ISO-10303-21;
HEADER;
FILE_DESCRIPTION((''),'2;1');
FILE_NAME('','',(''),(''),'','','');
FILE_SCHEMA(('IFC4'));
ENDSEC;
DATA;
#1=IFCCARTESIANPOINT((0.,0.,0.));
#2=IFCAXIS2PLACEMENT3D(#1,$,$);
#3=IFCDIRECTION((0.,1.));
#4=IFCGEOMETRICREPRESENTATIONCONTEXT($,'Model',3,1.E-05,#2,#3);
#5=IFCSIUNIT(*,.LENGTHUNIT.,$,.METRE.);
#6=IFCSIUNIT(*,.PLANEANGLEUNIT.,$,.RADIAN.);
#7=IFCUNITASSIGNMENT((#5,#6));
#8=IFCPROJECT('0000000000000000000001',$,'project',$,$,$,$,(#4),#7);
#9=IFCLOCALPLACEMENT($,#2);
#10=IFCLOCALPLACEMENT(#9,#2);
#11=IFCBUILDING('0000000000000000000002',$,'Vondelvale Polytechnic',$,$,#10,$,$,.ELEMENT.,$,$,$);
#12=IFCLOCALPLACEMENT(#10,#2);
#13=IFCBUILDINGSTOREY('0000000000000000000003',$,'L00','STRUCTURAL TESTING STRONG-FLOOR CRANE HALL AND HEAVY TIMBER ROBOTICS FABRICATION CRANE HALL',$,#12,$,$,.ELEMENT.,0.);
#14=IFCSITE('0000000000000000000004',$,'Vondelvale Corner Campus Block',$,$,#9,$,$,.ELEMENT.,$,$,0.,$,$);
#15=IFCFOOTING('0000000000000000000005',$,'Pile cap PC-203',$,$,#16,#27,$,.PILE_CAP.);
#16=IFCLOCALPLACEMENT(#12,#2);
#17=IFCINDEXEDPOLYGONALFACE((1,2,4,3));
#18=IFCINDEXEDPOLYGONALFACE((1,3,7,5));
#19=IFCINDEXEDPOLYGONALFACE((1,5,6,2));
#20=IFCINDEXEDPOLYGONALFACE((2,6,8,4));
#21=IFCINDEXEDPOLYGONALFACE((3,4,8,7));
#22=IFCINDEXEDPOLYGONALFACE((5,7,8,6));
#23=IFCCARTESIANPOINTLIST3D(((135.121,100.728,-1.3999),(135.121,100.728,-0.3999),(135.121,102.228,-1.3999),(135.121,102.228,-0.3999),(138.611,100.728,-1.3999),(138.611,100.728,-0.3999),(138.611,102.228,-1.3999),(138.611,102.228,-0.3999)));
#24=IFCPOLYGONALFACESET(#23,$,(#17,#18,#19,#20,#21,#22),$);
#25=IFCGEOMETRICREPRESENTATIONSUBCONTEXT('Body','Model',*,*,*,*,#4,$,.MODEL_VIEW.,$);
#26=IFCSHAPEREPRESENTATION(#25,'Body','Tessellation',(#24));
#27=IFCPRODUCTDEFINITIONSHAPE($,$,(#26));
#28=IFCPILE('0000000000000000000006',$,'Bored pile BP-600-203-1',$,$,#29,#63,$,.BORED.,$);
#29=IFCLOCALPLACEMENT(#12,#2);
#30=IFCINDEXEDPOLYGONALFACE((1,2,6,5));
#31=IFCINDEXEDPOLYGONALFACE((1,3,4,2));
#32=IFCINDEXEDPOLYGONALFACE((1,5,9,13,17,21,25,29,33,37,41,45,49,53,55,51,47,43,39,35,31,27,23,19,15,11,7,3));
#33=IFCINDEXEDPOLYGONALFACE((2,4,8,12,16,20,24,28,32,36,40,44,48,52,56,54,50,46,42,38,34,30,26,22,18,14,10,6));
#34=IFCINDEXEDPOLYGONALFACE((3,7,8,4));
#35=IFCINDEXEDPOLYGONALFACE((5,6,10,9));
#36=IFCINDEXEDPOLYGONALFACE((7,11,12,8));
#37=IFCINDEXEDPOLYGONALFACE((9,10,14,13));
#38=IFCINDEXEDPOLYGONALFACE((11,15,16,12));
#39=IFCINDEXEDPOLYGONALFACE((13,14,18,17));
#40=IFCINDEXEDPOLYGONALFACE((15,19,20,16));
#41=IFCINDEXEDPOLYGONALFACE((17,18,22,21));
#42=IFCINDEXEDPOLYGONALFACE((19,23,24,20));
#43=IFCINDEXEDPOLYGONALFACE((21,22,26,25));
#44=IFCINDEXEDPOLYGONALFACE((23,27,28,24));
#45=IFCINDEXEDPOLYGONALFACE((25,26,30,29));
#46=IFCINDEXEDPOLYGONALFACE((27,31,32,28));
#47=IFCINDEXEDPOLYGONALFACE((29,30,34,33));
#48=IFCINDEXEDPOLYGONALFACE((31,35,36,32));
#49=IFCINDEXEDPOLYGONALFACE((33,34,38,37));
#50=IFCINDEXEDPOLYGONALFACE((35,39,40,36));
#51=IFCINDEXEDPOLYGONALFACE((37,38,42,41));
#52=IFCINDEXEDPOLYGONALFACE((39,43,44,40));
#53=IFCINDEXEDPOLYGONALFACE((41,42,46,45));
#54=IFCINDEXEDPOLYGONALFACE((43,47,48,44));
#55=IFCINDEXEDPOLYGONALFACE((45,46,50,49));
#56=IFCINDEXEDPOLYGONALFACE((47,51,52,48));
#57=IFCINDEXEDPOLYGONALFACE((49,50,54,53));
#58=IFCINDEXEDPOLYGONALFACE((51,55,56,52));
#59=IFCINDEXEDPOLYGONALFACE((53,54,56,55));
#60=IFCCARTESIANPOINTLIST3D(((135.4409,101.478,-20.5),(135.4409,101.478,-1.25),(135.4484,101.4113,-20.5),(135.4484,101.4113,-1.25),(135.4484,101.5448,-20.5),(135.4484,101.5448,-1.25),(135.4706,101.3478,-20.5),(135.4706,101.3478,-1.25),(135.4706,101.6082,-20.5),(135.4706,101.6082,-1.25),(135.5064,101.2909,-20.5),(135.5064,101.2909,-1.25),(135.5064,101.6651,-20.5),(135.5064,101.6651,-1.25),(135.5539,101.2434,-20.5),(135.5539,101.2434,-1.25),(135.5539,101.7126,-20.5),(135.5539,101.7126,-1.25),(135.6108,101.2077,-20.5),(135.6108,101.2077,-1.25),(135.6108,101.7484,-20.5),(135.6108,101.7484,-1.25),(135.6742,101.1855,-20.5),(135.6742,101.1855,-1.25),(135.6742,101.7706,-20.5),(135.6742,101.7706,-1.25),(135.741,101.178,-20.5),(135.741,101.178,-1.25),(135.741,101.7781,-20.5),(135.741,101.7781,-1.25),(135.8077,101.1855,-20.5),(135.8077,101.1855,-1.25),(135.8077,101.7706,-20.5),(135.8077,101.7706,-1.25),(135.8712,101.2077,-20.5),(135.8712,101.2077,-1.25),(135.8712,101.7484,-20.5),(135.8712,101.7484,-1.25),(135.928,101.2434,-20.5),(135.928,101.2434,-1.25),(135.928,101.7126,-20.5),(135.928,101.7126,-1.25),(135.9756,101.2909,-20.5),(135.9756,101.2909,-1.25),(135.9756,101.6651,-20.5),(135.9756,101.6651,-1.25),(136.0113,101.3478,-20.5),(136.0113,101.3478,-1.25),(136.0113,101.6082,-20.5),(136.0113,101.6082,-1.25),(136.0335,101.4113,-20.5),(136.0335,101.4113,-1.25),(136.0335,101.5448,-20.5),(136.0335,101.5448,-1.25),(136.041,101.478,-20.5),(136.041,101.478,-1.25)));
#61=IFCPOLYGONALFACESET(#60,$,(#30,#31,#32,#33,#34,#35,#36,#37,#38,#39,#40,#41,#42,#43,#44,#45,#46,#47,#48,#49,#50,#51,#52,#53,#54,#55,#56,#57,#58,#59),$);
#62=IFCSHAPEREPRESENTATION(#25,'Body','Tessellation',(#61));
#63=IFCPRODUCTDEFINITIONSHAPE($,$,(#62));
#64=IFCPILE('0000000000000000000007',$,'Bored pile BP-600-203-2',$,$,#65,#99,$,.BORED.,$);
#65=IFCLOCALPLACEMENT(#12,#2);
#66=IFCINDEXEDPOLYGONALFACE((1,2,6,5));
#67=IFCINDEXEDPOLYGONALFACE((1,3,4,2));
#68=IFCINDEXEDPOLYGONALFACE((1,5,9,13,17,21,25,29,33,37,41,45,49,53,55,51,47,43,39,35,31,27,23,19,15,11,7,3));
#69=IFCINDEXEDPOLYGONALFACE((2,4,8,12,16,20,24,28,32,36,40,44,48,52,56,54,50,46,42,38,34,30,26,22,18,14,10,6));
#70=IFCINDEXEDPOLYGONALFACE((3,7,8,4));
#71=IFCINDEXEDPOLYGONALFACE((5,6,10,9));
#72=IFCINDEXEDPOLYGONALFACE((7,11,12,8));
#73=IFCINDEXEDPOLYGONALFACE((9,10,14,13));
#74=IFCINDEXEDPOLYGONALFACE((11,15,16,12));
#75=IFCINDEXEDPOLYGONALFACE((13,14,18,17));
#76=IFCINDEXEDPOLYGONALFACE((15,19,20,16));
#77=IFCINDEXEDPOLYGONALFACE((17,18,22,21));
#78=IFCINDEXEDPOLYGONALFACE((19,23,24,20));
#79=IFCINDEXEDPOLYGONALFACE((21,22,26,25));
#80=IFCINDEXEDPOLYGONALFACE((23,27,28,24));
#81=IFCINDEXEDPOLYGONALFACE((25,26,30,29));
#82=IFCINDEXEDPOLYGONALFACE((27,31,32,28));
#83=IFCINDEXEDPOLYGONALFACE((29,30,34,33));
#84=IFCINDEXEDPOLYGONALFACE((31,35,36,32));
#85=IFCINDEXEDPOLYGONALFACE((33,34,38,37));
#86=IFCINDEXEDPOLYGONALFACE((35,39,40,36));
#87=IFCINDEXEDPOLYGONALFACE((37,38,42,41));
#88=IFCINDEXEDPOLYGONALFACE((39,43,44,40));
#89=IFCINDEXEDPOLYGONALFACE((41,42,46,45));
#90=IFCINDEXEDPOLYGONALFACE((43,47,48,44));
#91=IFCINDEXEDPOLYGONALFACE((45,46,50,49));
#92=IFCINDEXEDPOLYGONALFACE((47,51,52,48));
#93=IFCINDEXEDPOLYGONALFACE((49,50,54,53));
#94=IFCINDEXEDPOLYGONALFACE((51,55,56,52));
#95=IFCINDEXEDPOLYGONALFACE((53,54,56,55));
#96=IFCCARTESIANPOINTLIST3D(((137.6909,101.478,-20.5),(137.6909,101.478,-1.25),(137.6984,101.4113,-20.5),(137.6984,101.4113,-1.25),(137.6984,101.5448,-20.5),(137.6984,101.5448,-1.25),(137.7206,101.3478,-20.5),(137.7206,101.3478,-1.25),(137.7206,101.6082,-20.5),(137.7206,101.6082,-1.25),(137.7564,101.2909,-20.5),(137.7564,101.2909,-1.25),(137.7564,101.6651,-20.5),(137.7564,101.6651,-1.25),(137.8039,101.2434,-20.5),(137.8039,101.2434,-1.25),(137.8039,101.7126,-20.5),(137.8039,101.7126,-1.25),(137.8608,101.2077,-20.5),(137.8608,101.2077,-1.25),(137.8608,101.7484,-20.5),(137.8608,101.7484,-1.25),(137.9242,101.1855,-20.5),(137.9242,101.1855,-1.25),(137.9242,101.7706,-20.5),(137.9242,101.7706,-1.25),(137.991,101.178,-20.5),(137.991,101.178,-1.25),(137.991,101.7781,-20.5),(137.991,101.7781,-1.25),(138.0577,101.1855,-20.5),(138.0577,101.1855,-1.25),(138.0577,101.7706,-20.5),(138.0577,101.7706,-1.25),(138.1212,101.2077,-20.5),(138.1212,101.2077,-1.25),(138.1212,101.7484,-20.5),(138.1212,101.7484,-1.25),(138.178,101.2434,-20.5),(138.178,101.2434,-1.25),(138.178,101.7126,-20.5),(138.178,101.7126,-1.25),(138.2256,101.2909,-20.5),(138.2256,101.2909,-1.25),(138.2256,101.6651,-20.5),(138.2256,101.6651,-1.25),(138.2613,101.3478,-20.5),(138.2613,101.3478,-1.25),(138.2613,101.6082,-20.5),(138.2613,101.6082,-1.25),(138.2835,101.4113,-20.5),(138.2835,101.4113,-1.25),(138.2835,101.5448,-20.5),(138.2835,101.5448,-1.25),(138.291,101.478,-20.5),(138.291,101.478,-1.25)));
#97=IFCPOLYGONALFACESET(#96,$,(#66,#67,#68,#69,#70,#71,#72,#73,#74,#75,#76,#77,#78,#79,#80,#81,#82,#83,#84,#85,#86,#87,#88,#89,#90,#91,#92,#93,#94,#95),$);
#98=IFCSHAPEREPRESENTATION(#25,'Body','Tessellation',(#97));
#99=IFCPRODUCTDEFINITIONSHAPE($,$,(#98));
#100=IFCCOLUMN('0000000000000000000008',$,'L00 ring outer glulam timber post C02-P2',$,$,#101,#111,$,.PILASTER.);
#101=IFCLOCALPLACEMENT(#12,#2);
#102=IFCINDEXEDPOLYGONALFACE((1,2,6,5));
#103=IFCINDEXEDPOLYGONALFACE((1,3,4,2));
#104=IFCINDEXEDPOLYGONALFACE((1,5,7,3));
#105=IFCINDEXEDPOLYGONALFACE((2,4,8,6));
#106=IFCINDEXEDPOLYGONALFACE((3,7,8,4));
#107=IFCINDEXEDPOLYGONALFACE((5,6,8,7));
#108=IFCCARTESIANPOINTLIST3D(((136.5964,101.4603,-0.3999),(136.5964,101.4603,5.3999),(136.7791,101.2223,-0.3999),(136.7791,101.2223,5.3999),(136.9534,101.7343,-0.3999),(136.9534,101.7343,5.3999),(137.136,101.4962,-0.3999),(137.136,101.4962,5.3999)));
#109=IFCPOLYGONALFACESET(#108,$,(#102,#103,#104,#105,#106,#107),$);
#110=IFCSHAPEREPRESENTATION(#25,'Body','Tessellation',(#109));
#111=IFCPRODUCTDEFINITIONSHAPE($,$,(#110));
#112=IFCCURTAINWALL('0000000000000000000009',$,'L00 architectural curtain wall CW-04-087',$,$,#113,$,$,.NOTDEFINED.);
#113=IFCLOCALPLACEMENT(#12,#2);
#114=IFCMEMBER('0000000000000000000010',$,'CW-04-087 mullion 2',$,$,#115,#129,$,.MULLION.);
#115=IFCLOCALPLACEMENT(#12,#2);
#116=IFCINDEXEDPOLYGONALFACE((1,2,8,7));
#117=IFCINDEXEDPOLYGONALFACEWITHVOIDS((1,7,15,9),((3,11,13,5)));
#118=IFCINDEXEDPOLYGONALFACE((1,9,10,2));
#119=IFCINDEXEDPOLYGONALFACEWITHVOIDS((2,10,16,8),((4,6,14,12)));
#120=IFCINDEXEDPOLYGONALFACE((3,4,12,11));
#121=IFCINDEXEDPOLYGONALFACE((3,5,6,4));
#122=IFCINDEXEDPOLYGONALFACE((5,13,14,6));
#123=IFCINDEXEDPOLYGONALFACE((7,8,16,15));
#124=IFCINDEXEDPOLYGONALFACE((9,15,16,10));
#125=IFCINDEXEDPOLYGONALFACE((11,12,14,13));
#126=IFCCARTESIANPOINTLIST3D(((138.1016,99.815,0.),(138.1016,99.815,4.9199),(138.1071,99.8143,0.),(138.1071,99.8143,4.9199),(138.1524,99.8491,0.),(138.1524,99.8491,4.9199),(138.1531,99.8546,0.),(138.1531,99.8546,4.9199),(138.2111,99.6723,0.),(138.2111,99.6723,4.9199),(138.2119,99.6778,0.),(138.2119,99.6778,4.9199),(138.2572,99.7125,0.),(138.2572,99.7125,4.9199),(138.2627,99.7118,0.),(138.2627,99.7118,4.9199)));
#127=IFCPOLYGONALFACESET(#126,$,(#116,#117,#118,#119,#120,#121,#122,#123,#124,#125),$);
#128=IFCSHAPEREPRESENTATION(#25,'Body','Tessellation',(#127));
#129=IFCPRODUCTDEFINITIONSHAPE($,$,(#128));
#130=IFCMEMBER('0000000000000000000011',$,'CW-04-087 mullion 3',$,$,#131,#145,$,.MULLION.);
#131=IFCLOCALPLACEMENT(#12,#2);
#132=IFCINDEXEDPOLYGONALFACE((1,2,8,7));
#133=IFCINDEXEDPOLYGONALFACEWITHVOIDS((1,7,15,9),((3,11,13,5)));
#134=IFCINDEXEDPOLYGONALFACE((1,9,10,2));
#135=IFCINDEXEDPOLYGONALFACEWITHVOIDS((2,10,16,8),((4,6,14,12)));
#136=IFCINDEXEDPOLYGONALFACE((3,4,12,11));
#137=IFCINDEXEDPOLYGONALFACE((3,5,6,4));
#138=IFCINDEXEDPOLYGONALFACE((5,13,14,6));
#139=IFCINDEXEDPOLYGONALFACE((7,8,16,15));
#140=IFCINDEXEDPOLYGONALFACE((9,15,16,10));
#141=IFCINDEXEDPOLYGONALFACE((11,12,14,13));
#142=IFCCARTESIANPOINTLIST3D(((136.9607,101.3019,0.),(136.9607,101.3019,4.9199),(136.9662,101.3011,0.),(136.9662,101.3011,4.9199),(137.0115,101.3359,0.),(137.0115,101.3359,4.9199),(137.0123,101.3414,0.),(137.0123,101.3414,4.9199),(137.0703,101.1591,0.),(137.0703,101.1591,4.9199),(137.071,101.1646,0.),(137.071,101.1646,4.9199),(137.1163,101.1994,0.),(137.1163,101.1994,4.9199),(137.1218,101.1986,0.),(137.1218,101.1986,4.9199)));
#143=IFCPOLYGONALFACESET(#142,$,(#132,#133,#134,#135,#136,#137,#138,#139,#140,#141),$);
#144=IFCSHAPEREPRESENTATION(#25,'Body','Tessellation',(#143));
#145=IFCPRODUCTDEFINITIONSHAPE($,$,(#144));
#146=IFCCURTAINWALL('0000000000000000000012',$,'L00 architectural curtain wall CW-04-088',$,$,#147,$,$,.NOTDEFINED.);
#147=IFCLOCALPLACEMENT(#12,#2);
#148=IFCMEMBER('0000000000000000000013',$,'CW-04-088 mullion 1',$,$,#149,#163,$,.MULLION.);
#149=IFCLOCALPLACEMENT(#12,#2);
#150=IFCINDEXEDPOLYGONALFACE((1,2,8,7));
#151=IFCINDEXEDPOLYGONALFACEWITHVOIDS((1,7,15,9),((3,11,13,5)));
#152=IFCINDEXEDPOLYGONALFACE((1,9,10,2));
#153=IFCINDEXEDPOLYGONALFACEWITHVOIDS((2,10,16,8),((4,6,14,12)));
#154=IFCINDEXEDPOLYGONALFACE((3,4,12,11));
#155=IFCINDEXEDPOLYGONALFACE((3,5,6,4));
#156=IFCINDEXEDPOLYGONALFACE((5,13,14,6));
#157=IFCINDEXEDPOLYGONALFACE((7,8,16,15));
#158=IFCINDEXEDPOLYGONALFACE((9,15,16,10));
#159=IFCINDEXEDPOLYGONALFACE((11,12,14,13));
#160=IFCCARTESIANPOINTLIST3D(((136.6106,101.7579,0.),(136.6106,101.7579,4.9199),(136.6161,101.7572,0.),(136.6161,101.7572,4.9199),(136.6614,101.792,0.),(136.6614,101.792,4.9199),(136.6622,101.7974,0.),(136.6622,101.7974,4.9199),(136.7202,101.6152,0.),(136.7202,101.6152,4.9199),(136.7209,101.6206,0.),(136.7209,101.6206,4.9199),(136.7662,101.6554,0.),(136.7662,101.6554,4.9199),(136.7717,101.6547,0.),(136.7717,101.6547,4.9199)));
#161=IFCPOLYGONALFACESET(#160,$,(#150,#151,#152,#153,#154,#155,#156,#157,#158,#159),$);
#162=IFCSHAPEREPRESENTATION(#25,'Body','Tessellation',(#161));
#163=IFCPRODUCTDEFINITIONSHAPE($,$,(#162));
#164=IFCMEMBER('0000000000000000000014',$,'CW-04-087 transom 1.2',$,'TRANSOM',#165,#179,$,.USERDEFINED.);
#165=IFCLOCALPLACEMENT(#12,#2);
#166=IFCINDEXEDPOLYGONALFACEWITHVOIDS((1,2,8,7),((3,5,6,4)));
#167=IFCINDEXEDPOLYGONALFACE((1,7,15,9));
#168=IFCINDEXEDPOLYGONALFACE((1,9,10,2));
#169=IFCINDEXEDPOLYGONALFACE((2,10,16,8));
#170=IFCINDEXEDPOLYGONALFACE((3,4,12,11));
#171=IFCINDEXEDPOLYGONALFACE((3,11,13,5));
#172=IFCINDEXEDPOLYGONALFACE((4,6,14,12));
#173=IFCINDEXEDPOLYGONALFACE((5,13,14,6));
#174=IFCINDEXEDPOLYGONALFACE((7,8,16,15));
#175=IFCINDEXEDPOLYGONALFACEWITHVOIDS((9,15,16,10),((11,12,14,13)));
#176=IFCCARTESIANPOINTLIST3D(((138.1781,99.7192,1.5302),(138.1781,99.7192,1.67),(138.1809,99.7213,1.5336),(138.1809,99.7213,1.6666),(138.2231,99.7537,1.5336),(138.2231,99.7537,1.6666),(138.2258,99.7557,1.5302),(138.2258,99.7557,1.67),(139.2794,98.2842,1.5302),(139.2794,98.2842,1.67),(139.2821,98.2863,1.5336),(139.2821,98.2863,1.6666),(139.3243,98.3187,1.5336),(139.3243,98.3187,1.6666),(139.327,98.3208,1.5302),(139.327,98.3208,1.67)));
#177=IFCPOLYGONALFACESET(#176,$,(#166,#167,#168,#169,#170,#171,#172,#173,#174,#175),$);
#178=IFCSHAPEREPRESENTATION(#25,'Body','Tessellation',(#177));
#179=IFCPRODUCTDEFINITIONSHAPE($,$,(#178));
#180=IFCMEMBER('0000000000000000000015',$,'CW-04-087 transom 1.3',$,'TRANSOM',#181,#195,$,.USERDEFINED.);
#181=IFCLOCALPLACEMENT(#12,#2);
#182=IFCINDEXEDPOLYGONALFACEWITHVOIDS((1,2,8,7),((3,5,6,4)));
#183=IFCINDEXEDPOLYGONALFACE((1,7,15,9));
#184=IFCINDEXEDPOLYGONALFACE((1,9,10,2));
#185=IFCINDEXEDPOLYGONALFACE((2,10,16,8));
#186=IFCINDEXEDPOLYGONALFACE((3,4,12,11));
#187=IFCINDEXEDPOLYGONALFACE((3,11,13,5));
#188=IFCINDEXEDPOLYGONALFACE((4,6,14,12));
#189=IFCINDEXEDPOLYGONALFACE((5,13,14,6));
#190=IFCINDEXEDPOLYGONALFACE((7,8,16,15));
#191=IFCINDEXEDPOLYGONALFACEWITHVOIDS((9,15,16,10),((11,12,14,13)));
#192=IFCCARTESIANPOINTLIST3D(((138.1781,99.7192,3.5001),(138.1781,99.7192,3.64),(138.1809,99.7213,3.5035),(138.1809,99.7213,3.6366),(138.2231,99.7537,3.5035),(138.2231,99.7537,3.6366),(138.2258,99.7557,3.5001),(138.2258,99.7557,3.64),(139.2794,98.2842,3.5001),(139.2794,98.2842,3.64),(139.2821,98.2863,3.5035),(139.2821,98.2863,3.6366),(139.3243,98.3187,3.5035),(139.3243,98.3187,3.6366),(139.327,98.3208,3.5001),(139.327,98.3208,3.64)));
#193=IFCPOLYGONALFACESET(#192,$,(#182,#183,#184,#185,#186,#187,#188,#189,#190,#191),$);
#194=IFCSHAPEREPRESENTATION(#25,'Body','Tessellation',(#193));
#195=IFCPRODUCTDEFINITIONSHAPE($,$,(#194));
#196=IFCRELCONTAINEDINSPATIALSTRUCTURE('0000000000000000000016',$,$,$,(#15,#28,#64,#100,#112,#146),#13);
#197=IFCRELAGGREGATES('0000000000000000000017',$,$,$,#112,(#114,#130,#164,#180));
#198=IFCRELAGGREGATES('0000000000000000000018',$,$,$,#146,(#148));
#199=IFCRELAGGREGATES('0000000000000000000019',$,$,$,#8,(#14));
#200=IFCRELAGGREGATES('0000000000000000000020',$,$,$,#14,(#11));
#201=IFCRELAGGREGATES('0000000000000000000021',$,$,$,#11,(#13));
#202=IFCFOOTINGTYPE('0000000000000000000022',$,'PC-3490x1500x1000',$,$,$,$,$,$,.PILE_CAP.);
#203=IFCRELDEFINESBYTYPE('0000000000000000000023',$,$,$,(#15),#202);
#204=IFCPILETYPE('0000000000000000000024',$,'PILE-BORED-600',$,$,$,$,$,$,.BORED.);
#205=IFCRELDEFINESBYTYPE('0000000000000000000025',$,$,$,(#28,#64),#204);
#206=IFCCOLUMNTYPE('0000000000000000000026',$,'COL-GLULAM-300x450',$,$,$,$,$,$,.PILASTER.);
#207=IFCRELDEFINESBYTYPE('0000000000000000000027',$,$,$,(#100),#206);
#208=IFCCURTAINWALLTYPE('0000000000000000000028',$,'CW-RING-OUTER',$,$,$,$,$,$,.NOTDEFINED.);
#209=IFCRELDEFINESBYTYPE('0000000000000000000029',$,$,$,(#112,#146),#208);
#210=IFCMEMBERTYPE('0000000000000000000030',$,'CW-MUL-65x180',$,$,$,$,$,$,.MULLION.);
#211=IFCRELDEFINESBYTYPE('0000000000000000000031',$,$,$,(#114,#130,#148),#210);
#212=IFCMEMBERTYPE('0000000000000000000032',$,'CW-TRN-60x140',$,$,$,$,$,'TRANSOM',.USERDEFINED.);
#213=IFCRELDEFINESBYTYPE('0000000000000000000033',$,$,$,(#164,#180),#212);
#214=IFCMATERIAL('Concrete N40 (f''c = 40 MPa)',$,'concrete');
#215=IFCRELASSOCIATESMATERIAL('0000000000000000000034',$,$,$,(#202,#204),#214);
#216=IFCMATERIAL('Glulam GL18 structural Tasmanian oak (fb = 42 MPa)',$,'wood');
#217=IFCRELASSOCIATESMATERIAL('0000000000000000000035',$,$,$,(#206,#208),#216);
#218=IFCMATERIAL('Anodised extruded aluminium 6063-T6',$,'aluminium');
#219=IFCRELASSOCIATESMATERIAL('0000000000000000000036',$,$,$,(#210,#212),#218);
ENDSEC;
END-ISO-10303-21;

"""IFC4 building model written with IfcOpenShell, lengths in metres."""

from ifc_helpers import new_model, si_unit, direction, frame, origin, origin_2d, place, context, subcontext, project, spatial, rectangle, hollow_rectangle, circle, extrude, material, material_profile, profile_set, type_object, element, aggregate, save


model = new_model("IFC4")

# Units and contexts
model_context = context("Model", 3, precision=1e-05, world=origin(), true_north=direction((0.0, 1.0)))
body_context = subcontext(model_context, "Body", "Model", "MODEL_VIEW")
ifc_project = project(units=[si_unit("LENGTHUNIT", "METRE"), si_unit("PLANEANGLEUNIT", "RADIAN")], contexts=[model_context])

# Site, building, storey
site_placement = place(None, origin())
site = spatial("IfcSite", under=ifc_project, at=site_placement, Name="Vondelvale Corner Campus Block", CompositionType="ELEMENT", RefElevation=0.0)
building_placement = place(site_placement, origin())
building = spatial("IfcBuilding", under=site, at=building_placement, Name="Vondelvale Polytechnic", CompositionType="ELEMENT")
storey_placement = place(building_placement, origin())
storey = spatial("IfcBuildingStorey", under=building, at=storey_placement, Name="L00", Description="STRUCTURAL TESTING STRONG-FLOOR CRANE HALL AND HEAVY TIMBER ROBOTICS FABRICATION CRANE HALL", CompositionType="ELEMENT", Elevation=0.0)

# Footing
ifc_material_1 = material(Name="Concrete N40 (f'c = 40 MPa)", Category="concrete")
footing_type = type_object("IfcFootingType", Name="PC-3490x1500x1000", PredefinedType="PILE_CAP", material=ifc_material_1)
footing_placement = place(storey_placement, frame((136.866, 101.478, -1.3999), z_axis=(0.0, 0.0, 1.0), x_axis=(1.0, 0.0, 0.0)))
element("IfcFooting", 1, at=footing_placement, inside=storey, type_object=footing_type, Name="Pile cap PC-203", PredefinedType="PILE_CAP", context=body_context, shape_type="SweptSolid", body=[
    extrude(rectangle(XDim=3.49, YDim=1.5, at=origin_2d()), origin(), (0.0, 0.0, 1.0), 1.0),
])

# Piles
ifc_material_profile_1 = material_profile(ifc_material_1, circle(Radius=0.3, at=origin_2d()), Name="PILE-D600")
ifc_profile_set_1 = profile_set([ifc_material_profile_1], Name="Concrete N40 (f'c = 40 MPa)")
pile_type = type_object("IfcPileType", Name="PILE-BORED-600", PredefinedType="BORED", material=ifc_profile_set_1)
for number, where, z_axis, x_axis, name in (
    (2, (135.741, 101.478, -1.25), (0.0, 0.0, -1.0), (1.0, 0.0, 0.0), "Bored pile BP-600-203-1"),
    (3, (137.991, 101.478, -1.25), (0.0, 0.0, -1.0), (1.0, 0.0, 0.0), "Bored pile BP-600-203-2"),
):
    element("IfcPile", number, at=place(storey_placement, frame(where, z_axis=z_axis, x_axis=x_axis)), inside=storey, type_object=pile_type, Name=name, PredefinedType="BORED", context=body_context, shape_type="SweptSolid", body=[
        extrude(circle(Radius=0.3, at=origin_2d()), origin(), (0.0, 0.0, 1.0), 19.25),
    ])

# Column
ifc_material_2 = material(Name="Glulam GL18 structural Tasmanian oak (fb = 42 MPa)", Category="wood")
ifc_material_profile_2 = material_profile(ifc_material_2, rectangle(XDim=0.3, YDim=0.45, at=origin_2d()), Name="GL-POST-300x450")
ifc_profile_set_2 = profile_set([ifc_material_profile_2], Name="Glulam GL18 structural Tasmanian oak (fb = 42 MPa)")
column_type = type_object("IfcColumnType", Name="COL-GLULAM-300x450", PredefinedType="PILASTER", material=ifc_profile_set_2)
column_placement = place(storey_placement, frame((136.8662, 101.4783, -0.3999), z_axis=(0.0, 0.0, 1.0), x_axis=(-0.608761, 0.793353, 0.0)))
element("IfcColumn", 4, at=column_placement, inside=storey, type_object=column_type, Name="L00 ring outer glulam timber post C02-P2", PredefinedType="PILASTER", context=body_context, shape_type="SweptSolid", body=[
    extrude(rectangle(XDim=0.3, YDim=0.45, at=origin_2d()), origin(), (0.0, 0.0, 1.0), 5.7998),
])

# Curtain wall, members
curtain_wall_type = type_object("IfcCurtainWallType", Name="CW-RING-OUTER", PredefinedType="NOTDEFINED", material=ifc_material_2)
curtain_wall_1_placement = place(storey_placement, origin())
curtain_wall_1 = element("IfcCurtainWall", 5, at=curtain_wall_1_placement, inside=storey, type_object=curtain_wall_type, Name="L00 architectural curtain wall CW-04-087", PredefinedType="NOTDEFINED")
ifc_material_3 = material(Name="Anodised extruded aluminium 6063-T6", Category="aluminium")
ifc_material_profile_3 = material_profile(ifc_material_3, hollow_rectangle(XDim=0.0649, YDim=0.1799, WallThickness=0.0039, at=origin_2d()), Name="CW-MUL-180x65")
ifc_profile_set_3 = profile_set([ifc_material_profile_3], Name="Anodised extruded aluminium 6063-T6")
member_type_1 = type_object("IfcMemberType", Name="CW-MUL-65x180", PredefinedType="MULLION", material=ifc_profile_set_3)
member_1_placement = place(storey_placement, frame((138.1821, 99.7634, 0.0), z_axis=(0.0, 0.0, 1.0), x_axis=(-0.793346, -0.608771, 0.0)))
member_1 = element("IfcMember", 6, at=member_1_placement, type_object=member_type_1, Name="CW-04-087 mullion 2", PredefinedType="MULLION", context=body_context, shape_type="SweptSolid", body=[
    extrude(hollow_rectangle(XDim=0.0649, YDim=0.1799, WallThickness=0.0039, at=origin_2d()), origin(), (0.0, 0.0, 1.0), 4.9199),
])
member_2_placement = place(storey_placement, frame((137.0413, 101.2502, 0.0), z_axis=(0.0, 0.0, 1.0), x_axis=(-0.793346, -0.608771, 0.0)))
member_2 = element("IfcMember", 7, at=member_2_placement, type_object=member_type_1, Name="CW-04-087 mullion 3", PredefinedType="MULLION", context=body_context, shape_type="SweptSolid", body=[
    extrude(hollow_rectangle(XDim=0.0649, YDim=0.1799, WallThickness=0.0039, at=origin_2d()), origin(), (0.0, 0.0, 1.0), 4.9199),
])

# Curtain wall, member
curtain_wall_2_placement = place(storey_placement, origin())
curtain_wall_2 = element("IfcCurtainWall", 8, at=curtain_wall_2_placement, inside=storey, type_object=curtain_wall_type, Name="L00 architectural curtain wall CW-04-088", PredefinedType="NOTDEFINED")
member_3_placement = place(storey_placement, frame((136.6912, 101.7063, 0.0), z_axis=(0.0, 0.0, 1.0), x_axis=(-0.793352, -0.608764, 0.0)))
member_3 = element("IfcMember", 9, at=member_3_placement, type_object=member_type_1, Name="CW-04-088 mullion 1", PredefinedType="MULLION", context=body_context, shape_type="SweptSolid", body=[
    extrude(hollow_rectangle(XDim=0.0649, YDim=0.1799, WallThickness=0.0039, at=origin_2d()), origin(), (0.0, 0.0, 1.0), 4.9199),
])

# Members
ifc_material_profile_4 = material_profile(ifc_material_3, hollow_rectangle(XDim=0.0601, YDim=0.1399, WallThickness=0.0034, at=origin_2d()), Name="CW-TRN-140x60")
ifc_profile_set_4 = profile_set([ifc_material_profile_4], Name="Anodised extruded aluminium 6063-T6")
member_type_2 = type_object("IfcMemberType", Name="CW-TRN-60x140", ElementType="TRANSOM", PredefinedType="USERDEFINED", material=ifc_profile_set_4)
member_4_placement = place(storey_placement, frame((139.3032, 98.3025, 1.6001), z_axis=(-0.608817, 0.793311, 0.0), x_axis=(-0.793311, -0.608817, 0.0)))
member_4 = element("IfcMember", 10, at=member_4_placement, type_object=member_type_2, Name="CW-04-087 transom 1.2", ObjectType="TRANSOM", PredefinedType="USERDEFINED", context=body_context, shape_type="SweptSolid", body=[
    extrude(hollow_rectangle(XDim=0.0601, YDim=0.1399, WallThickness=0.0034, at=origin_2d()), origin(), (0.0, 0.0, 1.0), 1.8088),
])
member_5_placement = place(storey_placement, frame((139.3032, 98.3025, 3.5701), z_axis=(-0.608817, 0.793311, 0.0), x_axis=(-0.793311, -0.608817, 0.0)))
member_5 = element("IfcMember", 11, at=member_5_placement, type_object=member_type_2, Name="CW-04-087 transom 1.3", ObjectType="TRANSOM", PredefinedType="USERDEFINED", context=body_context, shape_type="SweptSolid", body=[
    extrude(hollow_rectangle(XDim=0.0601, YDim=0.1399, WallThickness=0.0034, at=origin_2d()), origin(), (0.0, 0.0, 1.0), 1.8088),
])

aggregate(curtain_wall_1, [member_1, member_2, member_4, member_5])
aggregate(curtain_wall_2, [member_3])

save(model, "model.ifc")
